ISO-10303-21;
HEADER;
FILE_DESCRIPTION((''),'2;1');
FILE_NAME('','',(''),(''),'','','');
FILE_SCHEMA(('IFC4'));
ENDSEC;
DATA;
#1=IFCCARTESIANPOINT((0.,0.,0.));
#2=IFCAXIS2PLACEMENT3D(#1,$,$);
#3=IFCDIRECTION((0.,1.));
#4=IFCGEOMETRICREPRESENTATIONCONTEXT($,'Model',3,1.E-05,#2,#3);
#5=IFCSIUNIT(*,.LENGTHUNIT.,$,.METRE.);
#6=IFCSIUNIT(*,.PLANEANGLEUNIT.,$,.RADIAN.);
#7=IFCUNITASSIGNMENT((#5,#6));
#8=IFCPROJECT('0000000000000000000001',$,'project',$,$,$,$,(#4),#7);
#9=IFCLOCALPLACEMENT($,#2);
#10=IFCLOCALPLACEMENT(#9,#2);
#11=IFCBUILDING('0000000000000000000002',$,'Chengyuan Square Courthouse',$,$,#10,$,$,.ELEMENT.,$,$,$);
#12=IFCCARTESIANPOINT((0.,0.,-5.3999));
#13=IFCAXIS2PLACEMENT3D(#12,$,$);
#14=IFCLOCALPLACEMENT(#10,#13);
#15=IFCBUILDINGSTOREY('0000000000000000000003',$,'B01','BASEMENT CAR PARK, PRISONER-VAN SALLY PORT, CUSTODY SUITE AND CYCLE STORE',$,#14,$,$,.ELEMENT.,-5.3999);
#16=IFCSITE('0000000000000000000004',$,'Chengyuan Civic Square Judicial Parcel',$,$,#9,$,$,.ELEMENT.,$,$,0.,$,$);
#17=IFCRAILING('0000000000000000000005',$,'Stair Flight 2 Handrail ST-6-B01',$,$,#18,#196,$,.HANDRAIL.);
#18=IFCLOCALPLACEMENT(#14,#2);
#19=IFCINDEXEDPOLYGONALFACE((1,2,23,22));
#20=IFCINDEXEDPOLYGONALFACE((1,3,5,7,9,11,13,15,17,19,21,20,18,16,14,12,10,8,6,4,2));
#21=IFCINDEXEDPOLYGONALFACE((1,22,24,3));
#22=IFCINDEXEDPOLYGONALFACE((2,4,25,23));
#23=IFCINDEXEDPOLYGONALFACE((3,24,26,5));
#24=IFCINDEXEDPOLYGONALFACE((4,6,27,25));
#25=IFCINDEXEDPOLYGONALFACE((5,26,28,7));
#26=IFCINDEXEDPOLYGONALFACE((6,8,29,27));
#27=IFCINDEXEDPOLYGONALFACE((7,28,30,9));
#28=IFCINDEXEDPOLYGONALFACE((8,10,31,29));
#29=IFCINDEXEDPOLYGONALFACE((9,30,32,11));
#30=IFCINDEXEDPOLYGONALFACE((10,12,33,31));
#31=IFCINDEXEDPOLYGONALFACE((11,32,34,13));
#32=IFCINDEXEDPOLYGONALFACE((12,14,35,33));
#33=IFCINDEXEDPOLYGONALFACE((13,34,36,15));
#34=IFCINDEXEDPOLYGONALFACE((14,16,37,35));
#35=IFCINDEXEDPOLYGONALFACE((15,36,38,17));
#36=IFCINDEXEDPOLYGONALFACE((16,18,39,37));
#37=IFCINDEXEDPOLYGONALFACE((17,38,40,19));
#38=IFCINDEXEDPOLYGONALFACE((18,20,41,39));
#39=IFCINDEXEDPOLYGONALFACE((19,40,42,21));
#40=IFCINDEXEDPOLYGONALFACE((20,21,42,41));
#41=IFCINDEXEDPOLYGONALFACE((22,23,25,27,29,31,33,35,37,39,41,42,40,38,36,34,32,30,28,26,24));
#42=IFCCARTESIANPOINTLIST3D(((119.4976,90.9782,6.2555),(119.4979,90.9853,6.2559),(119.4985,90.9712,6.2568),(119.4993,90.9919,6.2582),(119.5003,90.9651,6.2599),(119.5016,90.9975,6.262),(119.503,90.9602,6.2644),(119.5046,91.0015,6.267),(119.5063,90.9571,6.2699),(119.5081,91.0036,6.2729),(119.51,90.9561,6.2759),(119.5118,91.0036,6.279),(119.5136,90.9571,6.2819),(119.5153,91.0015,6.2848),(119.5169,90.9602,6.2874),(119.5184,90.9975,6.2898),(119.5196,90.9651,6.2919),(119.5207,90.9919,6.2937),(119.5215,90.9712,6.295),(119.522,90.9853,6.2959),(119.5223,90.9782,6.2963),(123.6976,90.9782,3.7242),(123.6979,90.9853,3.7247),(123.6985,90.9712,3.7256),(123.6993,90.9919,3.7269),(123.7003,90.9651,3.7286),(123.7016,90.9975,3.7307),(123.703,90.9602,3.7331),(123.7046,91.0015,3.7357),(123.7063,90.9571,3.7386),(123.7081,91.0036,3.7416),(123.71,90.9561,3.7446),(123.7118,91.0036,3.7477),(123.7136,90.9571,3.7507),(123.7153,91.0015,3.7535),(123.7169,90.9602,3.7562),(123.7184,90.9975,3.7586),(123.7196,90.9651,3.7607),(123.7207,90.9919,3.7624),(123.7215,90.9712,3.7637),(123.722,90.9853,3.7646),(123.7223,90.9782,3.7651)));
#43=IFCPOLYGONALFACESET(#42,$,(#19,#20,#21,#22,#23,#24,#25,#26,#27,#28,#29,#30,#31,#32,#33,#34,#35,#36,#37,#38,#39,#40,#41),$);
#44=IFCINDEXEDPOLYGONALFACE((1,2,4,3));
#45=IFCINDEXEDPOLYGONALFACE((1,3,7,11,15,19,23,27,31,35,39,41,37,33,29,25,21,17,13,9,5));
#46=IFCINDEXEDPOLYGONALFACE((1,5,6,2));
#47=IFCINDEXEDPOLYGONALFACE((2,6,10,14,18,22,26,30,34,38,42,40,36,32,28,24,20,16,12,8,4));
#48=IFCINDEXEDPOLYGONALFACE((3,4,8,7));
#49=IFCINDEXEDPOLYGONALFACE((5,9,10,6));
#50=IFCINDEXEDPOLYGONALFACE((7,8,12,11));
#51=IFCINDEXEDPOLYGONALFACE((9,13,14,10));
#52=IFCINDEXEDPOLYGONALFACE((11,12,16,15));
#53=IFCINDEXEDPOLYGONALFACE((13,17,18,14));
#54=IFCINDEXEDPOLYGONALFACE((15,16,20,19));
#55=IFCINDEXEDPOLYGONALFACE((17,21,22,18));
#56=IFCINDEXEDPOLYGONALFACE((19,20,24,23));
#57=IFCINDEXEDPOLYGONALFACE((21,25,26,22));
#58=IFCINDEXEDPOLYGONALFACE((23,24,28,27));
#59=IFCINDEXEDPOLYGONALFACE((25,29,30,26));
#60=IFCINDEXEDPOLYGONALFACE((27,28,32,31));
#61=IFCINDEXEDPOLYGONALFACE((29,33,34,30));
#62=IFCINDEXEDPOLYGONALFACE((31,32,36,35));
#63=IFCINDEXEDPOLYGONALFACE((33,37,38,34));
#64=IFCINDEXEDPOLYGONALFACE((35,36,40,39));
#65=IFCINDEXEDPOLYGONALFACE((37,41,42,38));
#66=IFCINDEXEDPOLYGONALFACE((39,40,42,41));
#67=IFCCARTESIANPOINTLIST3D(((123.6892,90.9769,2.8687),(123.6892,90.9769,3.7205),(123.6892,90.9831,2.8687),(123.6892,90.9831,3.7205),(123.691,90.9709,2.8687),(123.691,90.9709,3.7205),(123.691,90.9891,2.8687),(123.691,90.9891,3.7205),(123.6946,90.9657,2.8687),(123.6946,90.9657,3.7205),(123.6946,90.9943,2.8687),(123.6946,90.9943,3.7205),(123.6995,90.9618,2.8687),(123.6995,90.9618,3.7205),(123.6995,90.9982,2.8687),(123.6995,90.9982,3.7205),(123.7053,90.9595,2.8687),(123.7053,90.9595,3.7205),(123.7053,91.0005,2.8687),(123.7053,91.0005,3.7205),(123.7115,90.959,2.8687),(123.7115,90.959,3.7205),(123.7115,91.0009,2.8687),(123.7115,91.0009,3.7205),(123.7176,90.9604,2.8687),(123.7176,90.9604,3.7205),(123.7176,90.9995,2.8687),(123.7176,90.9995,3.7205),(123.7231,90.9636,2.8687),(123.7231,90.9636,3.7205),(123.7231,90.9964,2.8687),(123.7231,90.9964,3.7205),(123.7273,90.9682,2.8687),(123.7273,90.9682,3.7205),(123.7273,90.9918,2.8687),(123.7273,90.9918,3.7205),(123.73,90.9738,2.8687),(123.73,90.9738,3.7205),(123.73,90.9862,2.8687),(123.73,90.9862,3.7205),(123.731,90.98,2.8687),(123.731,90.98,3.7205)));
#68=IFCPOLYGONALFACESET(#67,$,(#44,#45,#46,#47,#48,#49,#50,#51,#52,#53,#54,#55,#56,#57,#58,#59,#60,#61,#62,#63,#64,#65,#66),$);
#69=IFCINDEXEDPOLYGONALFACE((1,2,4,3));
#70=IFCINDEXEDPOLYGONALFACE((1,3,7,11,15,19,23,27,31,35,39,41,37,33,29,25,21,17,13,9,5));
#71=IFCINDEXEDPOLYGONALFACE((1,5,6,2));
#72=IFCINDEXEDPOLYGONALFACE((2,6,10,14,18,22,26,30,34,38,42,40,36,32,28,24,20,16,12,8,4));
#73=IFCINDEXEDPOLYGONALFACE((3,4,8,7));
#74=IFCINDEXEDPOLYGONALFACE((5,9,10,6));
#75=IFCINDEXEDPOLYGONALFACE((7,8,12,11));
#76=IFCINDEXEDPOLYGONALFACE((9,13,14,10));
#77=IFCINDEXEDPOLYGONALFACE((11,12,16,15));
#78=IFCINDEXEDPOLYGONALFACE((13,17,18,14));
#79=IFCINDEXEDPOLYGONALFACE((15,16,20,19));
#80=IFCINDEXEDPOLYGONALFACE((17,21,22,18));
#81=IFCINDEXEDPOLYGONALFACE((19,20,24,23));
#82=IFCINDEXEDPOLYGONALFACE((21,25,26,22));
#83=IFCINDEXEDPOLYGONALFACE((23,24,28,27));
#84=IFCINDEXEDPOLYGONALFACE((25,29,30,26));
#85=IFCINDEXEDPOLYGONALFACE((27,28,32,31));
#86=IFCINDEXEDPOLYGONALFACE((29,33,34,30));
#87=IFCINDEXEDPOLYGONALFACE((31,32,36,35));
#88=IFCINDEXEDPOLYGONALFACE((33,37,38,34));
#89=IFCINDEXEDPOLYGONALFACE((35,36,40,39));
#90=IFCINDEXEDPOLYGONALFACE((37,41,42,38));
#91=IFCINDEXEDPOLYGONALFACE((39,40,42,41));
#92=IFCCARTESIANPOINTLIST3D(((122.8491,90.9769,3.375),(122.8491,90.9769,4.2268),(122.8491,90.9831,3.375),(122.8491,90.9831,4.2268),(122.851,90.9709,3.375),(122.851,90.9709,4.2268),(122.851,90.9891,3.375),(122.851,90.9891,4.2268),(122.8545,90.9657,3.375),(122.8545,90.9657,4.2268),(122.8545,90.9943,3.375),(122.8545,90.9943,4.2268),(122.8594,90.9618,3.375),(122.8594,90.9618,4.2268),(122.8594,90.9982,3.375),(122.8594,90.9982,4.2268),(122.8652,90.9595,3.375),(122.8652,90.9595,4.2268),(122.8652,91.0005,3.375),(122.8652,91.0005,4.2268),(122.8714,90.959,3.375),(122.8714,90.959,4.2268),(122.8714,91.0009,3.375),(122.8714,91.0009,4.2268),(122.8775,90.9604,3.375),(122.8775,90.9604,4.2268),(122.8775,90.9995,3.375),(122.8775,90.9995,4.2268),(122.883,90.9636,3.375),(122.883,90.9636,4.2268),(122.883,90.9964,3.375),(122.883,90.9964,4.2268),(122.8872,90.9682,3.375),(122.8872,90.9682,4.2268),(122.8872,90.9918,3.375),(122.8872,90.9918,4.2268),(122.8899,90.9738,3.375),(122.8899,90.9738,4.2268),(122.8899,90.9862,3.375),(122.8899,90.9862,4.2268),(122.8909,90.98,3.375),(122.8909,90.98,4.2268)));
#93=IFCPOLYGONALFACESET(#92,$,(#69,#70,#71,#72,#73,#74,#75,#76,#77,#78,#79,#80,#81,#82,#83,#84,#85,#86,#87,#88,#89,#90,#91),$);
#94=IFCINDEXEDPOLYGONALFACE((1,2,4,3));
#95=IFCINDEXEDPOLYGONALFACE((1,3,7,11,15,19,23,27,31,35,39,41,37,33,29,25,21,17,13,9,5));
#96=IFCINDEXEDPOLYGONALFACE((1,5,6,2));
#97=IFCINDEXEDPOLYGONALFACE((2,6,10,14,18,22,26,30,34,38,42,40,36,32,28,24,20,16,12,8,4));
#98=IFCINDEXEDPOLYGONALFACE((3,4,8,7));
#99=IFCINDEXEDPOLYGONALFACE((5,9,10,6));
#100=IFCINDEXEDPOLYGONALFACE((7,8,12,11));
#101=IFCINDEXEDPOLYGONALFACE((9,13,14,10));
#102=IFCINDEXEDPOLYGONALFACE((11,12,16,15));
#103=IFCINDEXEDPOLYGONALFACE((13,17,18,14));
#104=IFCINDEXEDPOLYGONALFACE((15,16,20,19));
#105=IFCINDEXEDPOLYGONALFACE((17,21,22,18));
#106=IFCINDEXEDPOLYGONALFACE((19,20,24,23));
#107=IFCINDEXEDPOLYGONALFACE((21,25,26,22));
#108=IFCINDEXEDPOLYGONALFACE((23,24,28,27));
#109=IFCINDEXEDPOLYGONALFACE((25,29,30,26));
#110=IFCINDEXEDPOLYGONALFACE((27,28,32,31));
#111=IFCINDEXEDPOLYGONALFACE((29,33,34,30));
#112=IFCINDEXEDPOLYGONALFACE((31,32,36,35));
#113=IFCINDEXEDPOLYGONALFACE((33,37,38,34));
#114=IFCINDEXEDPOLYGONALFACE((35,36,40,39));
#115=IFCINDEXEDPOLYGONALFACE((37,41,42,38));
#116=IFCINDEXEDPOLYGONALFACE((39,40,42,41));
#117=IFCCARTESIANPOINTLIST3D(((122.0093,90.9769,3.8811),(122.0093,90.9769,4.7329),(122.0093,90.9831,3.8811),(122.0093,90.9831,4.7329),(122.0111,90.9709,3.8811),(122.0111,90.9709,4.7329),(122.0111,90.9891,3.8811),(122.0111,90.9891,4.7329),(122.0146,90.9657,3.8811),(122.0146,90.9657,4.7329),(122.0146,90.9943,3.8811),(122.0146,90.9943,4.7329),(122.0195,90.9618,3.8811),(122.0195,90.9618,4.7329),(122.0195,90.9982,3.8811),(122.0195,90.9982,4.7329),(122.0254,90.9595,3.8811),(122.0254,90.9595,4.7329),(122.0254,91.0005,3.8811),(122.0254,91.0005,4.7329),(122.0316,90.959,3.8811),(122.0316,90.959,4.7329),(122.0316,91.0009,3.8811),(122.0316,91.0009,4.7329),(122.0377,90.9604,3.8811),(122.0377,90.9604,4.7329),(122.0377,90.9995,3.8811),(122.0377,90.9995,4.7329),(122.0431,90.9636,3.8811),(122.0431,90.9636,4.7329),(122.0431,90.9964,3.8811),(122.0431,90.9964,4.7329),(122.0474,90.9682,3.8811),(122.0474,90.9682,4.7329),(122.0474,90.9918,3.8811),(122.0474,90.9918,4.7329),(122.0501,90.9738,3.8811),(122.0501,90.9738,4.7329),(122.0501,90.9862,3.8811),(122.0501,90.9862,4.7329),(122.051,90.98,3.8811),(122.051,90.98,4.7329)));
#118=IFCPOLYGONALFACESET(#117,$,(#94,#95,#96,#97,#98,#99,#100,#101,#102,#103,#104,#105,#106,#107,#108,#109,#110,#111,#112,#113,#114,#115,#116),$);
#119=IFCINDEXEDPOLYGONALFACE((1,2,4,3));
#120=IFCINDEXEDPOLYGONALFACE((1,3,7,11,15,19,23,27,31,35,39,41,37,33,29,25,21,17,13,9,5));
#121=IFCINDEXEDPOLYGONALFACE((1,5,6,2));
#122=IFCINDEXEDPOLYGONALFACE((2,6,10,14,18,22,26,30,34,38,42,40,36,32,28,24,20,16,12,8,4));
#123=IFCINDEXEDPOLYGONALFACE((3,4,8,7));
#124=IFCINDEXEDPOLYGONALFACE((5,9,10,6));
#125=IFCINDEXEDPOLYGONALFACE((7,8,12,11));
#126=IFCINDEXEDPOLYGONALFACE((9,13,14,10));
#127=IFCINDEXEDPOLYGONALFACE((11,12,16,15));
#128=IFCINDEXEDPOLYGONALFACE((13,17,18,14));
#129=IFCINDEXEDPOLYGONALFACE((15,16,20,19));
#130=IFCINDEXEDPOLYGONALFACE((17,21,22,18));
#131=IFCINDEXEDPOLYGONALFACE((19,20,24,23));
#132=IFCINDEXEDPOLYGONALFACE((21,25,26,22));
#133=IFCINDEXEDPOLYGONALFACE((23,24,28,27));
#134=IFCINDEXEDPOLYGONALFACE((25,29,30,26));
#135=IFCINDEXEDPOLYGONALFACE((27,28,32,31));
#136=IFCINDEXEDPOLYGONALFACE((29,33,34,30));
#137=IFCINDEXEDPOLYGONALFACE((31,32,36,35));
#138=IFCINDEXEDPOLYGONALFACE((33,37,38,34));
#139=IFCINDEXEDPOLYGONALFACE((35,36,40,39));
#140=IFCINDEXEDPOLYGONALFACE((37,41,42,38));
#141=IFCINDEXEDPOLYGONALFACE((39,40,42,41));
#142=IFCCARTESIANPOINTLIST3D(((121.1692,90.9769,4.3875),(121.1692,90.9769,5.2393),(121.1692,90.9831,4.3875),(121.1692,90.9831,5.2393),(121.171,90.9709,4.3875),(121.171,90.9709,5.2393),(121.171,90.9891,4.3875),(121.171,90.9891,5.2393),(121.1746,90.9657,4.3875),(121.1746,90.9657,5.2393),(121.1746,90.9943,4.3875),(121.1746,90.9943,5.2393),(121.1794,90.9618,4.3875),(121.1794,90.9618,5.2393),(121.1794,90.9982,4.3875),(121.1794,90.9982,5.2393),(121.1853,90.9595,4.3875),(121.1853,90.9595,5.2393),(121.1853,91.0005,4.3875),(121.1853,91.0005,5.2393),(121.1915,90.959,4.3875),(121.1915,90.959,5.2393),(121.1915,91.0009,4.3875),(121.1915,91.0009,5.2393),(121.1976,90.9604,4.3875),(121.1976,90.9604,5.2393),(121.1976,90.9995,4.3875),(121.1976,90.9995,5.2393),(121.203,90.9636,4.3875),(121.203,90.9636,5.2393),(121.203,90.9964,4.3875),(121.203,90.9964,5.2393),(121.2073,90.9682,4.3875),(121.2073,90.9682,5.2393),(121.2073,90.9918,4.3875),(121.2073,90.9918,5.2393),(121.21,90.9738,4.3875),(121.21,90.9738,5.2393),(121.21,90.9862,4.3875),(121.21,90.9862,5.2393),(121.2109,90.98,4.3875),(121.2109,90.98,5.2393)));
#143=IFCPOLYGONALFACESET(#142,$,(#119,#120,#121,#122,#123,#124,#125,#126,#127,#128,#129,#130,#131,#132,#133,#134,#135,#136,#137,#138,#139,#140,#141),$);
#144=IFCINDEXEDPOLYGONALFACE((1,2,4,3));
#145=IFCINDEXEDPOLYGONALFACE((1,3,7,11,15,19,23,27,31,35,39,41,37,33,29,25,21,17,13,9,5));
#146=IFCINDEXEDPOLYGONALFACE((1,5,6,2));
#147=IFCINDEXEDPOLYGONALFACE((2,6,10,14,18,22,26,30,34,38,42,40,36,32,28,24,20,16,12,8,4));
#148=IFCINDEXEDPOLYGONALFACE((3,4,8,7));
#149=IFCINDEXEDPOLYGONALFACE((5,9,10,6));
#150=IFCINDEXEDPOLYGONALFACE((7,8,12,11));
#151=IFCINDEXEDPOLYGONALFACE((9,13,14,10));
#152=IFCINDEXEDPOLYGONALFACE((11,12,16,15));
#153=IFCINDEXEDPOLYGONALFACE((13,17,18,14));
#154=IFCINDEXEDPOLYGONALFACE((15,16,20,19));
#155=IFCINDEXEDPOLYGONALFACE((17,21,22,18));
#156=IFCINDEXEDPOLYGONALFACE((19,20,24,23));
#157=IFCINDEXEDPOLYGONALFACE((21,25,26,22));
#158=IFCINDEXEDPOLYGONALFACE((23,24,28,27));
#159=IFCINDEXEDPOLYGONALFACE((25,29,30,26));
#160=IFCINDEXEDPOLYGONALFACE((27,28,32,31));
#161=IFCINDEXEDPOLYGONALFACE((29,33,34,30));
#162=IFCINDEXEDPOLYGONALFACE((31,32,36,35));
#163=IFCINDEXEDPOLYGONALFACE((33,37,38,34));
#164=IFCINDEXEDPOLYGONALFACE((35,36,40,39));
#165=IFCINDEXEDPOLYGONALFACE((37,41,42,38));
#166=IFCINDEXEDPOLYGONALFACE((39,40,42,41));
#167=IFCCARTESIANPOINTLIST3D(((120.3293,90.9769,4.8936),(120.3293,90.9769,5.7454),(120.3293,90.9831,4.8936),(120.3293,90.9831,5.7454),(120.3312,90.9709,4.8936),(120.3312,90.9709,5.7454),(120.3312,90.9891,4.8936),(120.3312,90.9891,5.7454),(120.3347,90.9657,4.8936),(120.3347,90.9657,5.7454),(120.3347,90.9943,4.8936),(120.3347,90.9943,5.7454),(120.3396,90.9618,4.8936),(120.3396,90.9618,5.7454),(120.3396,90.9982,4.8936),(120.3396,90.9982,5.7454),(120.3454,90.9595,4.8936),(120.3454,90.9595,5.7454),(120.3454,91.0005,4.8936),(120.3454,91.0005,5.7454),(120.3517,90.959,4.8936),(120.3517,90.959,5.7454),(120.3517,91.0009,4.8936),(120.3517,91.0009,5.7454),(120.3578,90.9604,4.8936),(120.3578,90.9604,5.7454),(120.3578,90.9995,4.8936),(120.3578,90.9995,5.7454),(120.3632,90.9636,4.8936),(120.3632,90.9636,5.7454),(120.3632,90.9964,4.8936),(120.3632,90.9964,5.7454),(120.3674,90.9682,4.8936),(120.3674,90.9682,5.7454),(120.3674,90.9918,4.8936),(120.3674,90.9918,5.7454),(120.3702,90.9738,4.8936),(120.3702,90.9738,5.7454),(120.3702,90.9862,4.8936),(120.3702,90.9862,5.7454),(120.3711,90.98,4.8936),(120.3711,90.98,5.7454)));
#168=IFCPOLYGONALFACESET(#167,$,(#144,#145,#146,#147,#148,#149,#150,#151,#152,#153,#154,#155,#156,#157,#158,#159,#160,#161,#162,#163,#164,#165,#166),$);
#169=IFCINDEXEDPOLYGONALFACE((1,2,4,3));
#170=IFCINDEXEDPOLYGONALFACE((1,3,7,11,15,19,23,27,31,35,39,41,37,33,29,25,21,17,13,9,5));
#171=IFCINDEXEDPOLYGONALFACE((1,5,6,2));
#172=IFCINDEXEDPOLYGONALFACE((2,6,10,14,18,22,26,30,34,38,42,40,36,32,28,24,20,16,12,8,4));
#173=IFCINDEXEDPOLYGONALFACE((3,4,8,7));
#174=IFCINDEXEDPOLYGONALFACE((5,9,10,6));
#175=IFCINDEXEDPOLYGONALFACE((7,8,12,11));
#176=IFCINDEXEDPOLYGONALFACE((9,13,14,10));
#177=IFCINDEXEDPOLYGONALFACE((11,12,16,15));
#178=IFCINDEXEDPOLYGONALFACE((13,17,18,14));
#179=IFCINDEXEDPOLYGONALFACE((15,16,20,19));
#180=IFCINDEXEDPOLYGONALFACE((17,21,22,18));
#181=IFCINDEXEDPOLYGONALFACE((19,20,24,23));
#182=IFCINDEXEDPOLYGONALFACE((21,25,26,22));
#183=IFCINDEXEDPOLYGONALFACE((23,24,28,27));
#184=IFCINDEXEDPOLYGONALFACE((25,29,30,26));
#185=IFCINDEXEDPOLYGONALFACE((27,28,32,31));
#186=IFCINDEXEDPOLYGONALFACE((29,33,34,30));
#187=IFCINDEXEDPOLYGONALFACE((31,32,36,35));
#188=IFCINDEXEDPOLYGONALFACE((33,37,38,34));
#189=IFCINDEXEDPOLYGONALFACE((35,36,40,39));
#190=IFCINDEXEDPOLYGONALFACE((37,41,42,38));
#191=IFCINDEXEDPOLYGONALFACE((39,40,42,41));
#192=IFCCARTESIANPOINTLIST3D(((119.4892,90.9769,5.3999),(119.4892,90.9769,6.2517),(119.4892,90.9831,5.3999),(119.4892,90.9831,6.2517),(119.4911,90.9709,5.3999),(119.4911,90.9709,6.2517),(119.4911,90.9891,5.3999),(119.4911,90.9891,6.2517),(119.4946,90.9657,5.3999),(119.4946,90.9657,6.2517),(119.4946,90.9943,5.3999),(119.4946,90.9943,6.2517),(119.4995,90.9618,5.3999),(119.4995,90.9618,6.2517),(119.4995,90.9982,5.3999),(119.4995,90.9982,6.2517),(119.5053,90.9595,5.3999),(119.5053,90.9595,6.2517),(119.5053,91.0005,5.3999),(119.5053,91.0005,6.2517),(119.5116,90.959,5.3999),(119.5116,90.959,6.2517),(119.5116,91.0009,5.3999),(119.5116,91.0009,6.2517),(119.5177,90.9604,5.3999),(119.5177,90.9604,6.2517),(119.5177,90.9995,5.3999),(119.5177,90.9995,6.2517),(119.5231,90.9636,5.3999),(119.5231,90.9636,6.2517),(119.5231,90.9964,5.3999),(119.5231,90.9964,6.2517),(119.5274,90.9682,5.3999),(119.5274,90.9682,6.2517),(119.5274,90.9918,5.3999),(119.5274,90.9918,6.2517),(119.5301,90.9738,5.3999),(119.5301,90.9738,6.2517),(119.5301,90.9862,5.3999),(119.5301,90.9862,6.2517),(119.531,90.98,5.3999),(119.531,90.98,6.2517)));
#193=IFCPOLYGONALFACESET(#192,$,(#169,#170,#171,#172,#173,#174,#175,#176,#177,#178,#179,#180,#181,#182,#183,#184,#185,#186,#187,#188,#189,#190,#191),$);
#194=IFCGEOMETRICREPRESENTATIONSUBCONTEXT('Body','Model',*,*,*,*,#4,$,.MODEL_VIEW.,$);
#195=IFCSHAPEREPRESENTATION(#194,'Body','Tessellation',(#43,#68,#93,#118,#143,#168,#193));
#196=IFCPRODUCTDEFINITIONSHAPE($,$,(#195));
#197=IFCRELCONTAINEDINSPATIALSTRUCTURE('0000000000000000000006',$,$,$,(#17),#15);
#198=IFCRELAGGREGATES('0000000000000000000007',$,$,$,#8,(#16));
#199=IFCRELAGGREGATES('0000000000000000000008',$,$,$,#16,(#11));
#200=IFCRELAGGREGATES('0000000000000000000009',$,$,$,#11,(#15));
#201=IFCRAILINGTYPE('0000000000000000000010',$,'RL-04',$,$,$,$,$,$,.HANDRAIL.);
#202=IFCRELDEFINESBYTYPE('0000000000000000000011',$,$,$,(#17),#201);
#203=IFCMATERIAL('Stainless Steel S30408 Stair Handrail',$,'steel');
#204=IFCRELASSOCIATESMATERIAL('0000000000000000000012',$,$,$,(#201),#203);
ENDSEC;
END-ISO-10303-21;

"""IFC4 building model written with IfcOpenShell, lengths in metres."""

from ifc_helpers import new_model, si_unit, direction, frame, origin, origin_2d, place, context, subcontext, project, spatial, circle, extrude, material, type_object, element, save


model = new_model("IFC4")

# Units and contexts
model_context = context("Model", 3, precision=1e-05, world=origin(), true_north=direction((0.0, 1.0)))
body_context = subcontext(model_context, "Body", "Model", "MODEL_VIEW")
ifc_project = project(units=[si_unit("LENGTHUNIT", "METRE"), si_unit("PLANEANGLEUNIT", "RADIAN")], contexts=[model_context])

# Site, building, storey
site_placement = place(None, origin())
site = spatial("IfcSite", under=ifc_project, at=site_placement, Name="Chengyuan Civic Square Judicial Parcel", CompositionType="ELEMENT", RefElevation=0.0)
building_placement = place(site_placement, origin())
building = spatial("IfcBuilding", under=site, at=building_placement, Name="Chengyuan Square Courthouse", CompositionType="ELEMENT")
storey_placement = place(building_placement, frame((0.0, 0.0, -5.3999)))
storey = spatial("IfcBuildingStorey", under=building, at=storey_placement, Name="B01", Description="BASEMENT CAR PARK, PRISONER-VAN SALLY PORT, CUSTODY SUITE AND CYCLE STORE", CompositionType="ELEMENT", Elevation=-5.3999)

# Railing
ifc_material_1 = material(Name="Stainless Steel S30408 Stair Handrail", Category="steel")
railing_type_1 = type_object("IfcRailingType", Name="RL-04", PredefinedType="HANDRAIL", material=ifc_material_1)
railing_1_placement = place(storey_placement, frame((123.71, 90.98, 2.8687)))
element("IfcRailing", 1, at=railing_1_placement, inside=storey, type_object=railing_type_1, Name="Stair Flight 2 Handrail ST-6-B01", PredefinedType="HANDRAIL", context=body_context, shape_type="SweptSolid", body=[
    extrude(circle(Radius=0.0239, at=origin_2d()), frame((0.0, 0.0, 0.876), z_axis=(-0.856476, 0.0, 0.516186), x_axis=(0.0, -1.0, 0.0)), (0.0, 0.0, 1.0), 4.9038),
    extrude(circle(Radius=0.021, at=origin_2d()), origin(), (0.0, 0.0, 1.0), 0.8518),
    extrude(circle(Radius=0.021, at=origin_2d()), frame((-0.8401, 0.0, 0.5063)), (0.0, 0.0, 1.0), 0.8518),
    extrude(circle(Radius=0.021, at=origin_2d()), frame((-1.6799, 0.0, 1.0125)), (0.0, 0.0, 1.0), 0.8518),
    extrude(circle(Radius=0.021, at=origin_2d()), frame((-2.52, 0.0, 1.5188)), (0.0, 0.0, 1.0), 0.8518),
    extrude(circle(Radius=0.021, at=origin_2d()), frame((-3.3599, 0.0, 2.0249)), (0.0, 0.0, 1.0), 0.8518),
    extrude(circle(Radius=0.021, at=origin_2d()), frame((-4.2, 0.0, 2.5312)), (0.0, 0.0, 1.0), 0.8518),
])

save(model, "model.ifc")
